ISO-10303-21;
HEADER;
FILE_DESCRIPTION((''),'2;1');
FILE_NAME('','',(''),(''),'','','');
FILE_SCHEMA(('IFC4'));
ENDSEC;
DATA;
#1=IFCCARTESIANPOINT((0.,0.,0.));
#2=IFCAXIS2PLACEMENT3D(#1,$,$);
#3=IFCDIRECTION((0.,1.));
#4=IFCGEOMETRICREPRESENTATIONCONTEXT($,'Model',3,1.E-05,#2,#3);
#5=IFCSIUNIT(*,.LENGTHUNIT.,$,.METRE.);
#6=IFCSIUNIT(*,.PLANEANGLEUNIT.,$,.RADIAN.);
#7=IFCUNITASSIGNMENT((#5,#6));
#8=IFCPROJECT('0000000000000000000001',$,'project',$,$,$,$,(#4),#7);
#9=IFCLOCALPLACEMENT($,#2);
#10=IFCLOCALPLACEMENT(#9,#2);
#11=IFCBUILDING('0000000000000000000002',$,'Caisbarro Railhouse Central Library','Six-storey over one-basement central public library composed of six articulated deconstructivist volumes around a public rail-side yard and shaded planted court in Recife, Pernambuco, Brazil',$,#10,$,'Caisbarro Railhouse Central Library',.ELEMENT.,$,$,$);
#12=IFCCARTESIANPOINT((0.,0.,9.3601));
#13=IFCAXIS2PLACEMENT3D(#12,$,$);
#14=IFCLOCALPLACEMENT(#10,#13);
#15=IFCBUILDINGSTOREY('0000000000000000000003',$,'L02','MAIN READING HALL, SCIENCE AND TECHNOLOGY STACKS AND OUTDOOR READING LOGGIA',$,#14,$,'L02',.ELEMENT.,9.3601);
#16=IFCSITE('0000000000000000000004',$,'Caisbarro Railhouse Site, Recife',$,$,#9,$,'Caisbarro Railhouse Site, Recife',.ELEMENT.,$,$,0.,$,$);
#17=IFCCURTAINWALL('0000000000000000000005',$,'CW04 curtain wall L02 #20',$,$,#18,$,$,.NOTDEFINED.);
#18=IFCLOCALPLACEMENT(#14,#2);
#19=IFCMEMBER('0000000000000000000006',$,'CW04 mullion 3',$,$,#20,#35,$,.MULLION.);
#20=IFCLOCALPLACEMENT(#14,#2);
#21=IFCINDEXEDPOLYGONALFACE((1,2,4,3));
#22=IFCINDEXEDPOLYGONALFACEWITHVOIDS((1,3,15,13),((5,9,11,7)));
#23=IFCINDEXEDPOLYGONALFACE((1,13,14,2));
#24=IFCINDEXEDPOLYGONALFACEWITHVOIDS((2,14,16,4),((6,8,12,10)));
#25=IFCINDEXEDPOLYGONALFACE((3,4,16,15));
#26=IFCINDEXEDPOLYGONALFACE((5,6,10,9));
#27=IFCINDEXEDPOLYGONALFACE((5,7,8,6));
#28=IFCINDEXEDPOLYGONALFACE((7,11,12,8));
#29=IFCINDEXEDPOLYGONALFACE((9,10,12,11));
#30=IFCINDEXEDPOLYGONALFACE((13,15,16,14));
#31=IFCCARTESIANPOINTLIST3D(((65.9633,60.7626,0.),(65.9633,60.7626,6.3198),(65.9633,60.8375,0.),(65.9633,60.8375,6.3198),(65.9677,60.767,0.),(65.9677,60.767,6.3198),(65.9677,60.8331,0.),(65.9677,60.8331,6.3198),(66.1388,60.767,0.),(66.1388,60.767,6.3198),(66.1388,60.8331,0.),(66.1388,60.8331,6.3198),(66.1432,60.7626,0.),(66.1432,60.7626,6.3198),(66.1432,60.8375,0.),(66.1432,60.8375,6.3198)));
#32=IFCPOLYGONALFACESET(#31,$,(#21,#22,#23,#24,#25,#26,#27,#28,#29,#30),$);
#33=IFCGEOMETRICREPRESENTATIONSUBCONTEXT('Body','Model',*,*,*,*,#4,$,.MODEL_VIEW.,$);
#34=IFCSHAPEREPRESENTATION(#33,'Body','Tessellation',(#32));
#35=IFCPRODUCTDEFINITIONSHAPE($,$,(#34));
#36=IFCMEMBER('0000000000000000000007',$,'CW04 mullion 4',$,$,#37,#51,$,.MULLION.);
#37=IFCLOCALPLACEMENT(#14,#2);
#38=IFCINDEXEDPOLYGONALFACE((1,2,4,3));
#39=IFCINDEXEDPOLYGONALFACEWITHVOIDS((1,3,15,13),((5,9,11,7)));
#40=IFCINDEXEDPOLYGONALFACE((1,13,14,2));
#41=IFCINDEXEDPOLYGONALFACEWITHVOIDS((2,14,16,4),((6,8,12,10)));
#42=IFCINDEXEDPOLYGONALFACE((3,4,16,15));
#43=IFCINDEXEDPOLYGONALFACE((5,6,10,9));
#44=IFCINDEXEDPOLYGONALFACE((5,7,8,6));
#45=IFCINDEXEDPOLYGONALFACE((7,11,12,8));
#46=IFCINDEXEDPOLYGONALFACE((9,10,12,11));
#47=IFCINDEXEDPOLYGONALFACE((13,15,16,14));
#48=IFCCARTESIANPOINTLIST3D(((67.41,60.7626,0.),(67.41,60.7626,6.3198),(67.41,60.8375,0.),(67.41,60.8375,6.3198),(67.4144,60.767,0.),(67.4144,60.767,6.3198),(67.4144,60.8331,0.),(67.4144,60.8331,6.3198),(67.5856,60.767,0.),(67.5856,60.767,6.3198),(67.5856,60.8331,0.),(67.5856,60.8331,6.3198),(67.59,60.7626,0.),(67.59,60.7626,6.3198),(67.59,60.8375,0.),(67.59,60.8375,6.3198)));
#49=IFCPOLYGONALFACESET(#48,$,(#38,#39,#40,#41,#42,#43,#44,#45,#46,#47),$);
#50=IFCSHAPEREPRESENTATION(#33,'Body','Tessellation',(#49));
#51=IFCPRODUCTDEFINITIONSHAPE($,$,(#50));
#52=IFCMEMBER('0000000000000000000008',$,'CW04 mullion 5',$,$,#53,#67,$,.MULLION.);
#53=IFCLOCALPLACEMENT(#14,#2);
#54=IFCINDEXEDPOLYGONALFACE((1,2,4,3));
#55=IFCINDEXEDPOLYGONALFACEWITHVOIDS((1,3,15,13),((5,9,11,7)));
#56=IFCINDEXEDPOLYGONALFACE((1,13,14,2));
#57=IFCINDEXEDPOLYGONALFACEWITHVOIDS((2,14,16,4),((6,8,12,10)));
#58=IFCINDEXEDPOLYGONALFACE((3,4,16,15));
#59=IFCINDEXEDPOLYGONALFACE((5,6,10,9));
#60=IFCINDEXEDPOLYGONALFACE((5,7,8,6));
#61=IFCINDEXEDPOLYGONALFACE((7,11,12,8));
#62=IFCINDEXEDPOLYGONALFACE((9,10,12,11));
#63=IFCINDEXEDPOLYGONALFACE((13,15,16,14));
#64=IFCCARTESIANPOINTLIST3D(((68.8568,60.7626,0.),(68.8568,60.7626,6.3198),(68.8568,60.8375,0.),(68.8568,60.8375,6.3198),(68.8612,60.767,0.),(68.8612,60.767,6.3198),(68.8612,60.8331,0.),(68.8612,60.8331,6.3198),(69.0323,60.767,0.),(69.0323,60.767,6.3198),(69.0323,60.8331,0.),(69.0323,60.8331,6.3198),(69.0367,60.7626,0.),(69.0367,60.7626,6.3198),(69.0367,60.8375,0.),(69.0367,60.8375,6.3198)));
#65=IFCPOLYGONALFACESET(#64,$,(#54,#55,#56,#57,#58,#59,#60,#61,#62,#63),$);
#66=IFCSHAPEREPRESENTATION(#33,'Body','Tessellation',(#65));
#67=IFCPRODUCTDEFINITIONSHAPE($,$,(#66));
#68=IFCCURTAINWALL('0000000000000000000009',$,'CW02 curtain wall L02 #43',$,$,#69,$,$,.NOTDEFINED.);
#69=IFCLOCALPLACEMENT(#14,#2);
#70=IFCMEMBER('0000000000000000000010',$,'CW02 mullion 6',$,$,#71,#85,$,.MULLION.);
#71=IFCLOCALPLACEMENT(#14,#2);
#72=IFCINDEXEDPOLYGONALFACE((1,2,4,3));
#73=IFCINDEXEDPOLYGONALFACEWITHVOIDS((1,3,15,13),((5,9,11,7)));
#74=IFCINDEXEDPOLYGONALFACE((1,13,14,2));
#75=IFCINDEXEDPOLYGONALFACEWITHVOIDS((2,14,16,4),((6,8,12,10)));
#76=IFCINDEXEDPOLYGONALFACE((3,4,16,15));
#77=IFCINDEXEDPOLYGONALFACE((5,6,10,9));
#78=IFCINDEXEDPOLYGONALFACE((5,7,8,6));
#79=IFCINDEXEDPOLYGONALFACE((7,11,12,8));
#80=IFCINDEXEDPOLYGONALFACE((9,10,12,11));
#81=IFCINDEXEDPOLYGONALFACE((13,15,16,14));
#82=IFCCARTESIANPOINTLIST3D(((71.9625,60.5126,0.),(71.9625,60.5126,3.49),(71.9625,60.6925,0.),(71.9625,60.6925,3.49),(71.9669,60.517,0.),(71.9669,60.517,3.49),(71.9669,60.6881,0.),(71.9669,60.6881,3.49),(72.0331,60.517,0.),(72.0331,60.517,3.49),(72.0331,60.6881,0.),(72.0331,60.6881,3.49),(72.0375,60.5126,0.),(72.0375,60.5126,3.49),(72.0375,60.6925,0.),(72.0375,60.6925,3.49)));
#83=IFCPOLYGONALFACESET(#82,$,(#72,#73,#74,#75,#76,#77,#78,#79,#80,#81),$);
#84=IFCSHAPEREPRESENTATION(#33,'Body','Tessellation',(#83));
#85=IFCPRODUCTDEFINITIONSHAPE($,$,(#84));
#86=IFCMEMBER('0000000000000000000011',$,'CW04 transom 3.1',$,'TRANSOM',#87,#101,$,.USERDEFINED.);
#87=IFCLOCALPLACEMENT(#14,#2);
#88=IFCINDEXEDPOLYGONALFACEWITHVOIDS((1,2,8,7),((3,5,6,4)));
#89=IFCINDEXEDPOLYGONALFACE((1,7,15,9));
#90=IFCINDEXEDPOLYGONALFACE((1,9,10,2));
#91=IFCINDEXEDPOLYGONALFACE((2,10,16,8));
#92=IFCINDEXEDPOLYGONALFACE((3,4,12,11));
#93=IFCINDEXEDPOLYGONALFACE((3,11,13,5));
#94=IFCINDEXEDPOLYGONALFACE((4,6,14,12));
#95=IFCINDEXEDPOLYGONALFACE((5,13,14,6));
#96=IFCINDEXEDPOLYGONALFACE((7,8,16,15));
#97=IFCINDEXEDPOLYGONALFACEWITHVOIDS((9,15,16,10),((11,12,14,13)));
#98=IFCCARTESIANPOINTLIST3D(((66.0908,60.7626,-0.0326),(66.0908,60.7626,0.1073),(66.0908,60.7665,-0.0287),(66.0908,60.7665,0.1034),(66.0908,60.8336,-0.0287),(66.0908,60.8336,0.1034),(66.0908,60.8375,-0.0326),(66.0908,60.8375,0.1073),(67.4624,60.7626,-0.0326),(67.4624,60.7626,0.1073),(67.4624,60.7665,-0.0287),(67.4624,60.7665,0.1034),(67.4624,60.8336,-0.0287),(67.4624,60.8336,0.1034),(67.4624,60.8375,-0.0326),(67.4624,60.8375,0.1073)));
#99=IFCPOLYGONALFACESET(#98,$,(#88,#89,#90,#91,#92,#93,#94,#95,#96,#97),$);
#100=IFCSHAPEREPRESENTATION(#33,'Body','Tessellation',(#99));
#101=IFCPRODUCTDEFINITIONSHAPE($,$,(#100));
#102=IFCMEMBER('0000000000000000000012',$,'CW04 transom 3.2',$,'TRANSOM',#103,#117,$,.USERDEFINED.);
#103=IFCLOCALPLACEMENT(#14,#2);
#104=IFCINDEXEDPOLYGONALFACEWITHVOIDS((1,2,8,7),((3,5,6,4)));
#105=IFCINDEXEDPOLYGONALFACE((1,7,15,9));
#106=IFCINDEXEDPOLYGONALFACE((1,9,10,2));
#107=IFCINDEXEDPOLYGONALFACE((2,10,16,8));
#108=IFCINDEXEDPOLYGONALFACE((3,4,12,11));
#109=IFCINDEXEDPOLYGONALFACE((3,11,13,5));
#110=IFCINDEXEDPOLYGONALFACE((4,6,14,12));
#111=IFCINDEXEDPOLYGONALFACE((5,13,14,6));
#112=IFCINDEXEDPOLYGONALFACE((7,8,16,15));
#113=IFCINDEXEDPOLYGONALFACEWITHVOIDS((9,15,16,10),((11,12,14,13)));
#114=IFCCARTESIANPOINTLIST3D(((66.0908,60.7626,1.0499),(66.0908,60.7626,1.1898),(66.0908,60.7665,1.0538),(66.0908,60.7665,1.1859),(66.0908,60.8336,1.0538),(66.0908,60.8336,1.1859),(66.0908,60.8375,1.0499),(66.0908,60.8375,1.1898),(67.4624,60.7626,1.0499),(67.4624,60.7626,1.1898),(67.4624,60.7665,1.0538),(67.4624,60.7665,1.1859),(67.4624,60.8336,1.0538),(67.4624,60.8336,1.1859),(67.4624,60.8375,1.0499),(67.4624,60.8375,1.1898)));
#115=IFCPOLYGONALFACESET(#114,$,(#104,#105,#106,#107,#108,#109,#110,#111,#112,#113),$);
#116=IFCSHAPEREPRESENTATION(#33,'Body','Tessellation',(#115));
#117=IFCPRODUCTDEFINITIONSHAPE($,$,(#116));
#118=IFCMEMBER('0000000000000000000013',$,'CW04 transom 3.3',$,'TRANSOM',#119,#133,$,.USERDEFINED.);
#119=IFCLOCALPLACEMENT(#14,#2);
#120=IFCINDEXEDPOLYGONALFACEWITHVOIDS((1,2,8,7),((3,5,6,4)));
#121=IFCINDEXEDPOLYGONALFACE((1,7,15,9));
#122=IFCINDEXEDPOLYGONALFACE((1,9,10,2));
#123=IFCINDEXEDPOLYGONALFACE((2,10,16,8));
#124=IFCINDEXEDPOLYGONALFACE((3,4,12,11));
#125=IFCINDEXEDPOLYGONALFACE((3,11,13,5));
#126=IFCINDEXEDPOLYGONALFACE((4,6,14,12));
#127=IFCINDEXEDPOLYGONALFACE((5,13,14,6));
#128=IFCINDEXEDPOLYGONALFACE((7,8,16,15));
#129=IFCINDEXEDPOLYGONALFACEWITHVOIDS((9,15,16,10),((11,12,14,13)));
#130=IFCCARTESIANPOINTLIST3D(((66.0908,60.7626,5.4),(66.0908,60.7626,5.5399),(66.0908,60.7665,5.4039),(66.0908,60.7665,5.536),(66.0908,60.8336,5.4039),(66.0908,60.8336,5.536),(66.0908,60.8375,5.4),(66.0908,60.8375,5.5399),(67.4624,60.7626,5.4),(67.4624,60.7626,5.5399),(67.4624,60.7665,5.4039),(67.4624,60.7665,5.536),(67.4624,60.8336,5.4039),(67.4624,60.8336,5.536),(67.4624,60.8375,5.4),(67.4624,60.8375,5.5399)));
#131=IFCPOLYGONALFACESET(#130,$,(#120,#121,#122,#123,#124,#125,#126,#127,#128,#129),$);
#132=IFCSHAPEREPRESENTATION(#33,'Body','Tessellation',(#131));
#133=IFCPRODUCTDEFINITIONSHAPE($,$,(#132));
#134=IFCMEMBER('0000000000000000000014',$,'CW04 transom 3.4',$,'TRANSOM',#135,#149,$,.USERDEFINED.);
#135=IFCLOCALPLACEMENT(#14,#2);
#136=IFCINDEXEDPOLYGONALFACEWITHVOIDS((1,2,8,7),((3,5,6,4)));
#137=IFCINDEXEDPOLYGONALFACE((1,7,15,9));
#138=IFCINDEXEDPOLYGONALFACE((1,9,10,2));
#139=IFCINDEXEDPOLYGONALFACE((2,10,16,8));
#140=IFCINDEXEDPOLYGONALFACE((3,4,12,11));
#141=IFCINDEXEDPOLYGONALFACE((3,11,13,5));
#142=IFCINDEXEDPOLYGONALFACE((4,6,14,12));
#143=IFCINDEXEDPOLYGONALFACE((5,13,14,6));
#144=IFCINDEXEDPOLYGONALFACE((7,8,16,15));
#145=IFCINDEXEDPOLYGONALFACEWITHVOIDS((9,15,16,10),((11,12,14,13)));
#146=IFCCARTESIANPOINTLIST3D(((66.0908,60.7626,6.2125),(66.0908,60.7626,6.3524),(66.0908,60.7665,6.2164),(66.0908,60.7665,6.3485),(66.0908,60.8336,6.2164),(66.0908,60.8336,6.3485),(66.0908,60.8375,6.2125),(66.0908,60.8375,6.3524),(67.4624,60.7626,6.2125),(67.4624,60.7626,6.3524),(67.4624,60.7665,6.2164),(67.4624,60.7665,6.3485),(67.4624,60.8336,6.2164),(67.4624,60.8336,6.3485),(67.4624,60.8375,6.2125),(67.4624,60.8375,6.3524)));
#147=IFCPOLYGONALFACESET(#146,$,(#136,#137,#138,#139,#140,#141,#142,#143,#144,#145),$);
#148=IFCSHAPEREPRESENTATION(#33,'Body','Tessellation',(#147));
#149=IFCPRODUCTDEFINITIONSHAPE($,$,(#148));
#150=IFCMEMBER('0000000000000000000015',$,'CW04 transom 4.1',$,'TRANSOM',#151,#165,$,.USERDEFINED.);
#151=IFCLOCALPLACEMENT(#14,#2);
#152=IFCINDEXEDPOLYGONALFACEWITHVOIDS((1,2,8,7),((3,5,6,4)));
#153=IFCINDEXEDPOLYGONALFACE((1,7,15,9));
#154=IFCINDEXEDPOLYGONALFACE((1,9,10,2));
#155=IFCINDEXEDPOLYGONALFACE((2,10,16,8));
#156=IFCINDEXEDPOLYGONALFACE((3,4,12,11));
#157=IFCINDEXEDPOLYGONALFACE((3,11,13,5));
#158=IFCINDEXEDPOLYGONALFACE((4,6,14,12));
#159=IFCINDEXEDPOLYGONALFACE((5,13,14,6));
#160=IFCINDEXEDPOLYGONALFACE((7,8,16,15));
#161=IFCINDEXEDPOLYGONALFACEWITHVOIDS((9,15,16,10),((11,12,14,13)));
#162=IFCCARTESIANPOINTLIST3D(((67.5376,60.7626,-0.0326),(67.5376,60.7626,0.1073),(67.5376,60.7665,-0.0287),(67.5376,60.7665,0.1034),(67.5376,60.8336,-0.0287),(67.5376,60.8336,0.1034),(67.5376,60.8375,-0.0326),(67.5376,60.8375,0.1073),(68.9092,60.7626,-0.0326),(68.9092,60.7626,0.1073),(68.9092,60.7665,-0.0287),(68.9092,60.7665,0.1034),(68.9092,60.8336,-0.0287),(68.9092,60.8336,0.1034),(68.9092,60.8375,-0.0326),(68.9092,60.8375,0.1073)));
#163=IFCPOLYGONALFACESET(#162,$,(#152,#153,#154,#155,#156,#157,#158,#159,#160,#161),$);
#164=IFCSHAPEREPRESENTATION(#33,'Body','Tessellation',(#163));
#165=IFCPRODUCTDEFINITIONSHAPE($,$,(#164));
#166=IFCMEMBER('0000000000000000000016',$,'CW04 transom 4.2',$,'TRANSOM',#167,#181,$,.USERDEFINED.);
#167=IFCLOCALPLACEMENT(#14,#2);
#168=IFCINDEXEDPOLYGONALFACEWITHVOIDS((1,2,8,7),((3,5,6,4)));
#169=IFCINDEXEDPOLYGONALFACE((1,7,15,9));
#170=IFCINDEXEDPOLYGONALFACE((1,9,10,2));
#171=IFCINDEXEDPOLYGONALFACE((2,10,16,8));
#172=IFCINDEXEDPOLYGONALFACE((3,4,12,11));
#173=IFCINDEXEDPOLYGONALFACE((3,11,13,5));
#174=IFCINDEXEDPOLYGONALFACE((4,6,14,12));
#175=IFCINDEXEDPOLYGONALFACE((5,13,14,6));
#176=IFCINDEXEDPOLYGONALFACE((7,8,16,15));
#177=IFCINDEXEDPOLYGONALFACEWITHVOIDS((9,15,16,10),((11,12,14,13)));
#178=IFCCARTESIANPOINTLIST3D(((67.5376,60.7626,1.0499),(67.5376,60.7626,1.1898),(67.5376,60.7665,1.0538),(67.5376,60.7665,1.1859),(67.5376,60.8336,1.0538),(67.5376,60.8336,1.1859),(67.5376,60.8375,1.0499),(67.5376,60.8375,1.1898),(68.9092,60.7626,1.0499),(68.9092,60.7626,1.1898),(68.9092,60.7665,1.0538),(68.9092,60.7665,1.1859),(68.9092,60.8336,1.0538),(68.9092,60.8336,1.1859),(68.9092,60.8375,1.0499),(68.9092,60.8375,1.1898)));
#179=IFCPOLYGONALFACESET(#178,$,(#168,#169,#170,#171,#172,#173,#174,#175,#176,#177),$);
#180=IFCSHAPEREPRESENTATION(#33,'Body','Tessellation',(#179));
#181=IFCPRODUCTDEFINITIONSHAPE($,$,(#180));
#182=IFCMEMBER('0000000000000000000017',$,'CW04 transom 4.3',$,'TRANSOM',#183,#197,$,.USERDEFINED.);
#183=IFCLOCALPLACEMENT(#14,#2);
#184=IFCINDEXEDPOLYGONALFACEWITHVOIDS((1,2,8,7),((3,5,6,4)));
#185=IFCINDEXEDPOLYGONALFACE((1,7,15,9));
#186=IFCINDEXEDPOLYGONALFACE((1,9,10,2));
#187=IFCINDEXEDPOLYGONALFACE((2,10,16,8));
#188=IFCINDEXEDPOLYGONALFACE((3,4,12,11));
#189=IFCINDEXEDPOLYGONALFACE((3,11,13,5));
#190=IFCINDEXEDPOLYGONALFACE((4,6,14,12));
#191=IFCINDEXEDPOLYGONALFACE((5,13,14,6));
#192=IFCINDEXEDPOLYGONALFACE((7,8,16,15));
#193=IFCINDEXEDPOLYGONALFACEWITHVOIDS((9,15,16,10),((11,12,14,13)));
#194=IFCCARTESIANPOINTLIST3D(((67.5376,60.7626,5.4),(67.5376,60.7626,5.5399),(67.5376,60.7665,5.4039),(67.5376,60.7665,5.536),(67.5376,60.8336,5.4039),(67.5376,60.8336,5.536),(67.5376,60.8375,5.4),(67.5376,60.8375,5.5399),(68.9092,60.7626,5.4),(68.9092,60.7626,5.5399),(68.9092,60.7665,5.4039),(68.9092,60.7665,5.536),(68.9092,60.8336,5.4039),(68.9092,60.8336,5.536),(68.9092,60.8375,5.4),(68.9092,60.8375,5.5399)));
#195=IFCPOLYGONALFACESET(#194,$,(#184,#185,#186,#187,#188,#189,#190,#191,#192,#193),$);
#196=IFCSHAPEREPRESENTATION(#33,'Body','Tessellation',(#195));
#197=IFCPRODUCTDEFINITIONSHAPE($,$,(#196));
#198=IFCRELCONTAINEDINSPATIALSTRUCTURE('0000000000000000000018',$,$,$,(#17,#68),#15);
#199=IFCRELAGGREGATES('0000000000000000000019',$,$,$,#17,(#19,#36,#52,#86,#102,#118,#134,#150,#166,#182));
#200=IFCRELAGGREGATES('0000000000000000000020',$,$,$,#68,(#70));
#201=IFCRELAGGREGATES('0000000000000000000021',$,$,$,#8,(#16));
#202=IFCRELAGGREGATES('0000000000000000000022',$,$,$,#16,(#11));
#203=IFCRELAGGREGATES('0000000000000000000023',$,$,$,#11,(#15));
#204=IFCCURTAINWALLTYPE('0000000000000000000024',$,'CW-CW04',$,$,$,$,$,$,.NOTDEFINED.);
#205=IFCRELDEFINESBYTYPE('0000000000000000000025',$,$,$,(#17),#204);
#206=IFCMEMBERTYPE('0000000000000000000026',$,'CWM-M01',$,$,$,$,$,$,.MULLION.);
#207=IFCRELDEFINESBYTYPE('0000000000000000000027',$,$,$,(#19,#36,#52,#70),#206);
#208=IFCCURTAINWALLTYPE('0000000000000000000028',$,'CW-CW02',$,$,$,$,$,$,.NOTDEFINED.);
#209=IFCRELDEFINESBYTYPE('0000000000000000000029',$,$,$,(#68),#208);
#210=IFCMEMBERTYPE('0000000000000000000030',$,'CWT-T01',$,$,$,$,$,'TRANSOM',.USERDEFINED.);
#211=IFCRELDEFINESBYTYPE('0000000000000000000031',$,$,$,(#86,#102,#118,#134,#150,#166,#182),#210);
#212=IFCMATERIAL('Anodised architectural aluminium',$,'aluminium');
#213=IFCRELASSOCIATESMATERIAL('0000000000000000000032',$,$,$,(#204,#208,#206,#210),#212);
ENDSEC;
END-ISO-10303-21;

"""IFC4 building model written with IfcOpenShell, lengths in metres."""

from ifc_helpers import new_model, si_unit, direction, frame, origin, origin_2d, place, context, subcontext, project, spatial, hollow_rectangle, extrude, material, material_profile, profile_set, type_object, element, aggregate, save


model = new_model("IFC4")

# Units and contexts
model_context = context("Model", 3, precision=1e-05, world=origin(), true_north=direction((0.0, 1.0)))
body_context = subcontext(model_context, "Body", "Model", "MODEL_VIEW")
ifc_project = project(units=[si_unit("LENGTHUNIT", "METRE"), si_unit("PLANEANGLEUNIT", "RADIAN")], contexts=[model_context])

# Site, building, storey
site_placement = place(None, origin())
site = spatial("IfcSite", under=ifc_project, at=site_placement, Name="Caisbarro Railhouse Site, Recife", LongName="Caisbarro Railhouse Site, Recife", CompositionType="ELEMENT", RefElevation=0.0)
building_placement = place(site_placement, origin())
building = spatial("IfcBuilding", under=site, at=building_placement, Name="Caisbarro Railhouse Central Library", Description="Six-storey over one-basement central public library composed of six articulated deconstructivist volumes around a public rail-side yard and shaded planted court in Recife, Pernambuco, Brazil", LongName="Caisbarro Railhouse Central Library", CompositionType="ELEMENT")
storey_placement = place(building_placement, frame((0.0, 0.0, 9.3601)))
storey = spatial("IfcBuildingStorey", under=building, at=storey_placement, Name="L02", Description="MAIN READING HALL, SCIENCE AND TECHNOLOGY STACKS AND OUTDOOR READING LOGGIA", LongName="L02", CompositionType="ELEMENT", Elevation=9.3601)

# Curtain wall, members
ifc_material_1 = material(Name="Anodised architectural aluminium", Category="aluminium")
curtain_wall_type_1 = type_object("IfcCurtainWallType", Name="CW-CW04", PredefinedType="NOTDEFINED", material=ifc_material_1)
curtain_wall_1_placement = place(storey_placement, origin())
curtain_wall_1 = element("IfcCurtainWall", 1, at=curtain_wall_1_placement, inside=storey, type_object=curtain_wall_type_1, Name="CW04 curtain wall L02 #20", PredefinedType="NOTDEFINED")
ifc_material_profile_1 = material_profile(ifc_material_1, hollow_rectangle(XDim=0.075, YDim=0.1799, WallThickness=0.0044, at=origin_2d()), Name="ALU-MUL-75X180")
ifc_profile_set_1 = profile_set([ifc_material_profile_1], Name="Anodised architectural aluminium")
member_type_1 = type_object("IfcMemberType", Name="CWM-M01", PredefinedType="MULLION", material=ifc_profile_set_1)
member_1_placement = place(storey_placement, frame((66.0532, 60.8, 0.0), z_axis=(0.0, 0.0, 1.0), x_axis=(0.0, 1.0, 0.0)))
member_1 = element("IfcMember", 2, at=member_1_placement, type_object=member_type_1, Name="CW04 mullion 3", PredefinedType="MULLION", context=body_context, shape_type="SweptSolid", body=[
    extrude(hollow_rectangle(XDim=0.075, YDim=0.1799, WallThickness=0.0044, at=origin_2d()), origin(), (0.0, 0.0, 1.0), 6.3198),
])
member_2_placement = place(storey_placement, frame((67.5, 60.8, 0.0), z_axis=(0.0, 0.0, 1.0), x_axis=(0.0, 1.0, 0.0)))
member_2 = element("IfcMember", 3, at=member_2_placement, type_object=member_type_1, Name="CW04 mullion 4", PredefinedType="MULLION", context=body_context, shape_type="SweptSolid", body=[
    extrude(hollow_rectangle(XDim=0.075, YDim=0.1799, WallThickness=0.0044, at=origin_2d()), origin(), (0.0, 0.0, 1.0), 6.3198),
])
member_3_placement = place(storey_placement, frame((68.9468, 60.8, 0.0), z_axis=(0.0, 0.0, 1.0), x_axis=(0.0, 1.0, 0.0)))
member_3 = element("IfcMember", 4, at=member_3_placement, type_object=member_type_1, Name="CW04 mullion 5", PredefinedType="MULLION", context=body_context, shape_type="SweptSolid", body=[
    extrude(hollow_rectangle(XDim=0.075, YDim=0.1799, WallThickness=0.0044, at=origin_2d()), origin(), (0.0, 0.0, 1.0), 6.3198),
])

# Curtain wall, member
curtain_wall_type_2 = type_object("IfcCurtainWallType", Name="CW-CW02", PredefinedType="NOTDEFINED", material=ifc_material_1)
curtain_wall_2_placement = place(storey_placement, origin())
curtain_wall_2 = element("IfcCurtainWall", 5, at=curtain_wall_2_placement, inside=storey, type_object=curtain_wall_type_2, Name="CW02 curtain wall L02 #43", PredefinedType="NOTDEFINED")
member_4_placement = place(storey_placement, frame((72.0, 60.6025, 0.0), z_axis=(0.0, 0.0, 1.0), x_axis=(-1.0, 0.0, 0.0)))
member_4 = element("IfcMember", 6, at=member_4_placement, type_object=member_type_1, Name="CW02 mullion 6", PredefinedType="MULLION", context=body_context, shape_type="SweptSolid", body=[
    extrude(hollow_rectangle(XDim=0.075, YDim=0.1799, WallThickness=0.0044, at=origin_2d()), origin(), (0.0, 0.0, 1.0), 3.49),
])

# Members
ifc_material_profile_2 = material_profile(ifc_material_1, hollow_rectangle(XDim=0.075, YDim=0.1399, WallThickness=0.0039, at=origin_2d()), Name="ALU-TRN-75X140")
ifc_profile_set_2 = profile_set([ifc_material_profile_2], Name="Anodised architectural aluminium")
member_type_2 = type_object("IfcMemberType", Name="CWT-T01", ElementType="TRANSOM", PredefinedType="USERDEFINED", material=ifc_profile_set_2)
member_5_placement = place(storey_placement, frame((66.0908, 60.8, 0.0374), z_axis=(1.0, 0.0, 0.0), x_axis=(0.0, 1.0, 0.0)))
member_5 = element("IfcMember", 7, at=member_5_placement, type_object=member_type_2, Name="CW04 transom 3.1", ObjectType="TRANSOM", PredefinedType="USERDEFINED", context=body_context, shape_type="SweptSolid", body=[
    extrude(hollow_rectangle(XDim=0.075, YDim=0.1399, WallThickness=0.0039, at=origin_2d()), origin(), (0.0, 0.0, 1.0), 1.3716),
])
member_6_placement = place(storey_placement, frame((66.0908, 60.8, 1.1199), z_axis=(1.0, 0.0, 0.0), x_axis=(0.0, 1.0, 0.0)))
member_6 = element("IfcMember", 8, at=member_6_placement, type_object=member_type_2, Name="CW04 transom 3.2", ObjectType="TRANSOM", PredefinedType="USERDEFINED", context=body_context, shape_type="SweptSolid", body=[
    extrude(hollow_rectangle(XDim=0.075, YDim=0.1399, WallThickness=0.0039, at=origin_2d()), origin(), (0.0, 0.0, 1.0), 1.3716),
])
member_7_placement = place(storey_placement, frame((66.0908, 60.8, 5.47), z_axis=(1.0, 0.0, 0.0), x_axis=(0.0, 1.0, 0.0)))
member_7 = element("IfcMember", 9, at=member_7_placement, type_object=member_type_2, Name="CW04 transom 3.3", ObjectType="TRANSOM", PredefinedType="USERDEFINED", context=body_context, shape_type="SweptSolid", body=[
    extrude(hollow_rectangle(XDim=0.075, YDim=0.1399, WallThickness=0.0039, at=origin_2d()), origin(), (0.0, 0.0, 1.0), 1.3716),
])
member_8_placement = place(storey_placement, frame((66.0908, 60.8, 6.2825), z_axis=(1.0, 0.0, 0.0), x_axis=(0.0, 1.0, 0.0)))
member_8 = element("IfcMember", 10, at=member_8_placement, type_object=member_type_2, Name="CW04 transom 3.4", ObjectType="TRANSOM", PredefinedType="USERDEFINED", context=body_context, shape_type="SweptSolid", body=[
    extrude(hollow_rectangle(XDim=0.075, YDim=0.1399, WallThickness=0.0039, at=origin_2d()), origin(), (0.0, 0.0, 1.0), 1.3716),
])
member_9_placement = place(storey_placement, frame((67.5376, 60.8, 0.0374), z_axis=(1.0, 0.0, 0.0), x_axis=(0.0, 1.0, 0.0)))
member_9 = element("IfcMember", 11, at=member_9_placement, type_object=member_type_2, Name="CW04 transom 4.1", ObjectType="TRANSOM", PredefinedType="USERDEFINED", context=body_context, shape_type="SweptSolid", body=[
    extrude(hollow_rectangle(XDim=0.075, YDim=0.1399, WallThickness=0.0039, at=origin_2d()), origin(), (0.0, 0.0, 1.0), 1.3716),
])
member_10_placement = place(storey_placement, frame((67.5376, 60.8, 1.1199), z_axis=(1.0, 0.0, 0.0), x_axis=(0.0, 1.0, 0.0)))
member_10 = element("IfcMember", 12, at=member_10_placement, type_object=member_type_2, Name="CW04 transom 4.2", ObjectType="TRANSOM", PredefinedType="USERDEFINED", context=body_context, shape_type="SweptSolid", body=[
    extrude(hollow_rectangle(XDim=0.075, YDim=0.1399, WallThickness=0.0039, at=origin_2d()), origin(), (0.0, 0.0, 1.0), 1.3716),
])
member_11_placement = place(storey_placement, frame((67.5376, 60.8, 5.47), z_axis=(1.0, 0.0, 0.0), x_axis=(0.0, 1.0, 0.0)))
member_11 = element("IfcMember", 13, at=member_11_placement, type_object=member_type_2, Name="CW04 transom 4.3", ObjectType="TRANSOM", PredefinedType="USERDEFINED", context=body_context, shape_type="SweptSolid", body=[
    extrude(hollow_rectangle(XDim=0.075, YDim=0.1399, WallThickness=0.0039, at=origin_2d()), origin(), (0.0, 0.0, 1.0), 1.3716),
])

aggregate(curtain_wall_1, [member_1, member_2, member_3, member_5, member_6, member_7, member_8, member_9, member_10, member_11])
aggregate(curtain_wall_2, [member_4])

save(model, "model.ifc")
